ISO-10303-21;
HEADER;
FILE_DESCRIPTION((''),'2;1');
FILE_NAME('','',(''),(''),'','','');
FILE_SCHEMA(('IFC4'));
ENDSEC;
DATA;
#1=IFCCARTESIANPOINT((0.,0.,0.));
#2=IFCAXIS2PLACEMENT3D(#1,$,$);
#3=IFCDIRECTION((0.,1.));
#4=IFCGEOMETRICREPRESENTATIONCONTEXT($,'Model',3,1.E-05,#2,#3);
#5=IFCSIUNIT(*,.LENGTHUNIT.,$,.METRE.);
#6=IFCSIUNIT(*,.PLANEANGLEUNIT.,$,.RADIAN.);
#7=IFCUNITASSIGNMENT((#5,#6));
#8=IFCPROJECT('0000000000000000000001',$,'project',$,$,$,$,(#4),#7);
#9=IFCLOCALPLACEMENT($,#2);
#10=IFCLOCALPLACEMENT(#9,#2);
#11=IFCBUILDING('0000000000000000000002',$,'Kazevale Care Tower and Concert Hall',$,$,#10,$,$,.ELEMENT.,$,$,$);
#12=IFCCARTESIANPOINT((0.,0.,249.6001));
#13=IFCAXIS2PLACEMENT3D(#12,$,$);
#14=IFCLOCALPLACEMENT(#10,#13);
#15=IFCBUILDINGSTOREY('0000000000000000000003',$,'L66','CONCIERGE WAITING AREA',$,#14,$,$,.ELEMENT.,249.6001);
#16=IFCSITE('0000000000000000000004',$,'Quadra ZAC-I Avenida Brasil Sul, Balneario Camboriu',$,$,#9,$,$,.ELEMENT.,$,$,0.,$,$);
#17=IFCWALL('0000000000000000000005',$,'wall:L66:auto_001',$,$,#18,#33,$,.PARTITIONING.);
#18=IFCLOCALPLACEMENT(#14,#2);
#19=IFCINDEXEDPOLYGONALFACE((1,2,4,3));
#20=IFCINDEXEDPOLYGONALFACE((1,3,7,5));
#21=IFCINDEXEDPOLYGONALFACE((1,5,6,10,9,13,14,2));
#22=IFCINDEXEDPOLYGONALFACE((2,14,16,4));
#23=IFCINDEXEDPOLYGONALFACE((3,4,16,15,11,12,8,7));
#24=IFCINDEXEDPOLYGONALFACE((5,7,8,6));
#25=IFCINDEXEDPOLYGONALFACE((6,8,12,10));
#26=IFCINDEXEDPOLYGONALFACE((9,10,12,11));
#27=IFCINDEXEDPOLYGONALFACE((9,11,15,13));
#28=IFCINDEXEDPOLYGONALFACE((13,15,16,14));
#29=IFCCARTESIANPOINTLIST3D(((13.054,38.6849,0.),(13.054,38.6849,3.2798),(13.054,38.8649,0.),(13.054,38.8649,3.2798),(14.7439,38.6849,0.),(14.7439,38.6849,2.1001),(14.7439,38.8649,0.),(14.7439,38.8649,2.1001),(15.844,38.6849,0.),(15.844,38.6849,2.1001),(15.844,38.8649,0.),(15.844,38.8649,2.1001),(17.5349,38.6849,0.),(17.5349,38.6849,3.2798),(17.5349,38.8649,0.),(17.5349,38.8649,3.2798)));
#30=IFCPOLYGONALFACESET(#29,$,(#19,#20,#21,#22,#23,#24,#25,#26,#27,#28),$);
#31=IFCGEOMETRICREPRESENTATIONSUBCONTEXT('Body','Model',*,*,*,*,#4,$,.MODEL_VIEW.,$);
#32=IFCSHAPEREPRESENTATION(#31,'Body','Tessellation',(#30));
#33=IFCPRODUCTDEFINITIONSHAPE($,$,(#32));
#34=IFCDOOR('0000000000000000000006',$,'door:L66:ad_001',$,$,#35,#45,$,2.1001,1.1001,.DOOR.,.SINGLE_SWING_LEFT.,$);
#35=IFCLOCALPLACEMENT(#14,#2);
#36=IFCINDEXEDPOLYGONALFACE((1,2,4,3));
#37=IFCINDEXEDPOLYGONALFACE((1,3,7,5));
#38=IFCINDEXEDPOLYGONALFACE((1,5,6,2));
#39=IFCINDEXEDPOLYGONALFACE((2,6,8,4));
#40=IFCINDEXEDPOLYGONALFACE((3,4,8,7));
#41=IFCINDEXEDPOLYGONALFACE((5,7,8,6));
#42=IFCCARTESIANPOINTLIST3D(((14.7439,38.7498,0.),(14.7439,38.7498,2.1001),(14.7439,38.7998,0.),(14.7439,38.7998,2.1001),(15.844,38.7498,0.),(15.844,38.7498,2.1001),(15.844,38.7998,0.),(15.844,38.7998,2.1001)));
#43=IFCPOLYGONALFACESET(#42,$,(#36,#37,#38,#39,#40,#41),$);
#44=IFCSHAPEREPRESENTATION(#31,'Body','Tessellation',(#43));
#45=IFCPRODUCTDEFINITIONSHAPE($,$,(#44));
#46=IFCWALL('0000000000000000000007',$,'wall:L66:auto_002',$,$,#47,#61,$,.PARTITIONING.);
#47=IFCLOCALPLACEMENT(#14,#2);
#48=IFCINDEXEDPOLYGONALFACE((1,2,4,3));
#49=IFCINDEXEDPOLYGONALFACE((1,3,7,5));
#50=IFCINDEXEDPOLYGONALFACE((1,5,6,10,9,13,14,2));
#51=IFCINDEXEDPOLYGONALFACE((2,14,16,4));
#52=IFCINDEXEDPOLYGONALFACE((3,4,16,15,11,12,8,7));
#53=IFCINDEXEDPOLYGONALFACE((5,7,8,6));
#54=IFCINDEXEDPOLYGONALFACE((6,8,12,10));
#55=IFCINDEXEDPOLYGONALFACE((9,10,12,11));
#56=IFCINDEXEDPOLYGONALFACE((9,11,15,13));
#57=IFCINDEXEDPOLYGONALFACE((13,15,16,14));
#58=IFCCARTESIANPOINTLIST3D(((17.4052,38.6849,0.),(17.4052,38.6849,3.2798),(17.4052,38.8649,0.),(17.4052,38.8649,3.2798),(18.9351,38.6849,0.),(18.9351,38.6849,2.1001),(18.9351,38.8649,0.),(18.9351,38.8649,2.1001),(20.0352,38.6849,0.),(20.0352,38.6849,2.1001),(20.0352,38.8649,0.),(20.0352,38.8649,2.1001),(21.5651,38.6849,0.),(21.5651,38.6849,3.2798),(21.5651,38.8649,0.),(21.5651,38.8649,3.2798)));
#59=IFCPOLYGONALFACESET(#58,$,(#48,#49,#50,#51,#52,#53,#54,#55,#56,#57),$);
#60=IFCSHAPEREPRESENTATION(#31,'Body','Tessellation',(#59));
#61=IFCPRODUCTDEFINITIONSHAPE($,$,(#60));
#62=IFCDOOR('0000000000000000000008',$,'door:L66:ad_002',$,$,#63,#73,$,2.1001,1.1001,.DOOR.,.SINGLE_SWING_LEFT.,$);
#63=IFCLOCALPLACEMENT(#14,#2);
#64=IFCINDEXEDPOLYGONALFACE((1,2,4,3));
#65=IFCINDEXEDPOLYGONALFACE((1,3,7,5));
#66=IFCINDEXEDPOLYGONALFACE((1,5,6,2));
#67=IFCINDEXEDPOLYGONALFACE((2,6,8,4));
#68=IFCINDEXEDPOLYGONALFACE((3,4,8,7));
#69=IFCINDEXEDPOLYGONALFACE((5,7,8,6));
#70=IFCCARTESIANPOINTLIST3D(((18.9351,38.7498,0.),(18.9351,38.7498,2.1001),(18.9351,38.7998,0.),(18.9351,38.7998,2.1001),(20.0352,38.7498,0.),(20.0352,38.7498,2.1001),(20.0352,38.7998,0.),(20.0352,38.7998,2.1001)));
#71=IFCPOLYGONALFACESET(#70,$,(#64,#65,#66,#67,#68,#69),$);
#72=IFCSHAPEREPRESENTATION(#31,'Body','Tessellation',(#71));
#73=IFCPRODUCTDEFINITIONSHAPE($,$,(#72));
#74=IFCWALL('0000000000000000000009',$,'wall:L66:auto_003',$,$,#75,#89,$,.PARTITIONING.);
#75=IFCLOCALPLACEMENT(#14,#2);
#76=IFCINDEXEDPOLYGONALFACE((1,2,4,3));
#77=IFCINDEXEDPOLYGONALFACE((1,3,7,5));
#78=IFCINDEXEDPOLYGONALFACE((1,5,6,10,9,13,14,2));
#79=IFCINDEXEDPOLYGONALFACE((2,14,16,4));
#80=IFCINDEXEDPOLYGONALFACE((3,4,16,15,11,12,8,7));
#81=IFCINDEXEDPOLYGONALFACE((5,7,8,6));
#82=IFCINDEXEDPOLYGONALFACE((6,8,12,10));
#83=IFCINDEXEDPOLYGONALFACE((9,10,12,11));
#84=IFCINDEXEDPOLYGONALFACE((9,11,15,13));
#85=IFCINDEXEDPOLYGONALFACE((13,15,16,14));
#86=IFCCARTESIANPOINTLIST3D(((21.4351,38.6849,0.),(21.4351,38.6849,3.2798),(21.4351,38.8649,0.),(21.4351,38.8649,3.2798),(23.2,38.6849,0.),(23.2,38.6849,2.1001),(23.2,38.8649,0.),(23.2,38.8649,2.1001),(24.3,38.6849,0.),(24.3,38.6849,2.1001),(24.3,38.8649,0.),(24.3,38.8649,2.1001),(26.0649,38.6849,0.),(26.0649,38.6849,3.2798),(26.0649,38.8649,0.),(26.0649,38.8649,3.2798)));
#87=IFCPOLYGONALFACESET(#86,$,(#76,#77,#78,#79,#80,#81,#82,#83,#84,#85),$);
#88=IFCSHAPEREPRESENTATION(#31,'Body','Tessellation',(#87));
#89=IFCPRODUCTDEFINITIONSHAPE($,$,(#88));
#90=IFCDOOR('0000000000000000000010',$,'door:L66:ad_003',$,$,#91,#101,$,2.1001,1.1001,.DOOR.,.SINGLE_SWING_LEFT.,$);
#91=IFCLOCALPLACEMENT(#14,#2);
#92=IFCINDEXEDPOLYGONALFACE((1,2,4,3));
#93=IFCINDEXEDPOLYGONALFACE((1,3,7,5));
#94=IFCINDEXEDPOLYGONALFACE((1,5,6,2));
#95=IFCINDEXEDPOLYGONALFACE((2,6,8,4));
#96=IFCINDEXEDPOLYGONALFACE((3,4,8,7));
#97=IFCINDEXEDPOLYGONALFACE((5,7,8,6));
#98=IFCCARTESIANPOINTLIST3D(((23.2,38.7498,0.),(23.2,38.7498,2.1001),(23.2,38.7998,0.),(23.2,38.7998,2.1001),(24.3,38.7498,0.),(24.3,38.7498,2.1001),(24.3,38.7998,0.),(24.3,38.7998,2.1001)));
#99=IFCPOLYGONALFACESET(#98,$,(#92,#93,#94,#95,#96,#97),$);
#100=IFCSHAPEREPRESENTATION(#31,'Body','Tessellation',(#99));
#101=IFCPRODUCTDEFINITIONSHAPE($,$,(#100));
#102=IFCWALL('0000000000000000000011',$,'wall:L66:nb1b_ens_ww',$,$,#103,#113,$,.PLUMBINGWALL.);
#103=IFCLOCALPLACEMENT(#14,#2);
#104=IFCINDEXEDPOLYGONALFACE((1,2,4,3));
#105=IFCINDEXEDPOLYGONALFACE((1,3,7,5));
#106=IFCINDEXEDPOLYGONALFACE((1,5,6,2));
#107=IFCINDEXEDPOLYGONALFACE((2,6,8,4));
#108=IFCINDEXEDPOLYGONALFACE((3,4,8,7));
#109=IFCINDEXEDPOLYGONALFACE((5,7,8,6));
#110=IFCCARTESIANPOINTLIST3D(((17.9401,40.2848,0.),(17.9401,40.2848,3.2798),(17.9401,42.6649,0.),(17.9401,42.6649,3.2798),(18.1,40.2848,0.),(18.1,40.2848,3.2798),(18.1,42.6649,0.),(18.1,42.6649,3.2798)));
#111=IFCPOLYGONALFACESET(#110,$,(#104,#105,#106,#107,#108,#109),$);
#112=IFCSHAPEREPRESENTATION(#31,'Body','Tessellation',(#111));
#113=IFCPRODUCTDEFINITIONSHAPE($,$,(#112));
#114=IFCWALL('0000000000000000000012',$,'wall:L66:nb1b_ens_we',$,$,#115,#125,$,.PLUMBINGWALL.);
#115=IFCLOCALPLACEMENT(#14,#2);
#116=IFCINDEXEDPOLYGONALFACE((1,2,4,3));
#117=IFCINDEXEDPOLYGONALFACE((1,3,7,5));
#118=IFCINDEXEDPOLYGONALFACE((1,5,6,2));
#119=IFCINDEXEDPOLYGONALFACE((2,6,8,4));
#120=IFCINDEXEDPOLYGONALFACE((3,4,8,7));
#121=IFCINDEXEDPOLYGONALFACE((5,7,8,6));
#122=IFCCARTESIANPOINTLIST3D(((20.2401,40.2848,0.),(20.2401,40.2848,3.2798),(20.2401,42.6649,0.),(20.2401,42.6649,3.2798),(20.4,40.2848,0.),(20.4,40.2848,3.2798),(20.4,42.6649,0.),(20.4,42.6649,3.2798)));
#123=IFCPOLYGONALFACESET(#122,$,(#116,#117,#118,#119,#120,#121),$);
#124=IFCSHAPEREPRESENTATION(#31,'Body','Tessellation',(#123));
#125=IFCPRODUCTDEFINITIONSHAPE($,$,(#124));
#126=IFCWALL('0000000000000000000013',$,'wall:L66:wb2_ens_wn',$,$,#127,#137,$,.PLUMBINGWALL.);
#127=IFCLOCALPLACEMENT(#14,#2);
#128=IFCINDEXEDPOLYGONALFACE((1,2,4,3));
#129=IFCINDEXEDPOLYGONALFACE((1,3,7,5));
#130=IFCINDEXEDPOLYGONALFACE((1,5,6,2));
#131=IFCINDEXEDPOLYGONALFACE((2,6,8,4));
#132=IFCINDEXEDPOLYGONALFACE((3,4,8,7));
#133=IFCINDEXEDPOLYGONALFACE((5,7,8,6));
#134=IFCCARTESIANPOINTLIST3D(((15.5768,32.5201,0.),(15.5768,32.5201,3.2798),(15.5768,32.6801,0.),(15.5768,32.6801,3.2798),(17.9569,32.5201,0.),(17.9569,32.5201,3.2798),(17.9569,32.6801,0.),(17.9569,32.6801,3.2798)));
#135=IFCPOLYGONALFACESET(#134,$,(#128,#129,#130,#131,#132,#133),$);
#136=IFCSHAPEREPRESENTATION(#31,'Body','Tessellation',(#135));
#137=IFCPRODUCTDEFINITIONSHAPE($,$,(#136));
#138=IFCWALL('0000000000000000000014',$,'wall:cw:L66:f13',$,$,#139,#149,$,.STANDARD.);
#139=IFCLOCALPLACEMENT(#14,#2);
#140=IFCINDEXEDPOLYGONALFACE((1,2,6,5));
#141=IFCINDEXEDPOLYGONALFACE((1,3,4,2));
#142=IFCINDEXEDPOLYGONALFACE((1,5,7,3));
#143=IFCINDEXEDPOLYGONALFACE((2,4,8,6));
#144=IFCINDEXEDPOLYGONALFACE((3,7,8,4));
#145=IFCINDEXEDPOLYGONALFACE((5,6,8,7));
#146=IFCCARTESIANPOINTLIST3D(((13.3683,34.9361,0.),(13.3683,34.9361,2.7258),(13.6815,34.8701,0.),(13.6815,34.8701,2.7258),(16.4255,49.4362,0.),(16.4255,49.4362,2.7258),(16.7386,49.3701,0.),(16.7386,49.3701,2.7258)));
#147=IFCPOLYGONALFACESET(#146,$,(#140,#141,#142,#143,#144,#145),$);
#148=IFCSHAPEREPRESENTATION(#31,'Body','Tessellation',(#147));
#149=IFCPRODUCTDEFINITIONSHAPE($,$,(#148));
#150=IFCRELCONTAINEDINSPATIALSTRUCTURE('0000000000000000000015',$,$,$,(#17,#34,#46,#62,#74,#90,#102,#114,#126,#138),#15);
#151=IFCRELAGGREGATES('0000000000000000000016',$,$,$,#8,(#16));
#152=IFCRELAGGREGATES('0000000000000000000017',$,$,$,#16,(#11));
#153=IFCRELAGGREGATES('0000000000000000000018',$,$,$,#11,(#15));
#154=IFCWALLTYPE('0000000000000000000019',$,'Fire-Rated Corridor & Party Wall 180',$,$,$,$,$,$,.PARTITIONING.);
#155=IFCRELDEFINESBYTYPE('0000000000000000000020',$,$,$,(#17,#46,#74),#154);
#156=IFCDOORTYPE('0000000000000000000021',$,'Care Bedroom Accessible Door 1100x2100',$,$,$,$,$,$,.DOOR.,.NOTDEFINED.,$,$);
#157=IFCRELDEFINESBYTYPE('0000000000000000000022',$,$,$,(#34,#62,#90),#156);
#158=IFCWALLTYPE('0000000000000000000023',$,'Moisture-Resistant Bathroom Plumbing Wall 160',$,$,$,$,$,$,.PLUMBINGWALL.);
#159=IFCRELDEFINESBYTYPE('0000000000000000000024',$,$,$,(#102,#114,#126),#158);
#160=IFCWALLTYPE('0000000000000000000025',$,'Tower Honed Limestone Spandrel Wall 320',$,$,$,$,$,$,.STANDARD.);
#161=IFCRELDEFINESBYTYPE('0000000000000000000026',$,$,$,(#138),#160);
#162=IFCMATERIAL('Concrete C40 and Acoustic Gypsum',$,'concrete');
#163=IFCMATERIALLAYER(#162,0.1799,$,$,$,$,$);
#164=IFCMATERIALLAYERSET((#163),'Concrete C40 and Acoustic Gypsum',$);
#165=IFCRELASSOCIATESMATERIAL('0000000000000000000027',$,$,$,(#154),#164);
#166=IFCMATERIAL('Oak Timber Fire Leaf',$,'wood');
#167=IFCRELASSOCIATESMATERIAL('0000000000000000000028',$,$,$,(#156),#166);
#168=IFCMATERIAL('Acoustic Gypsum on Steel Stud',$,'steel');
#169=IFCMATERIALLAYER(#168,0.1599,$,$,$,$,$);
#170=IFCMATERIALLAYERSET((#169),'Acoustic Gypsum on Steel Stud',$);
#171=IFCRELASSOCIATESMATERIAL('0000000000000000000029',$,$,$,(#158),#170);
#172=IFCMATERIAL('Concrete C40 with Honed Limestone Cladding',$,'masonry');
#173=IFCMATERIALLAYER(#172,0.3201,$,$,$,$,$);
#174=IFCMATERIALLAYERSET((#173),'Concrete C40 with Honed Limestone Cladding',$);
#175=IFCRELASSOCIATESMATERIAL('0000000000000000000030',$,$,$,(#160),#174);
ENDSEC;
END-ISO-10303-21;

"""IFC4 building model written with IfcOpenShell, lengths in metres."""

from ifc_helpers import new_model, si_unit, direction, frame, frame_2d, origin, place, context, subcontext, project, spatial, rectangle, extrude, material, layer, layer_set, type_object, element, fill, save


model = new_model("IFC4")

# Units and contexts
model_context = context("Model", 3, precision=1e-05, world=origin(), true_north=direction((0.0, 1.0)))
body_context = subcontext(model_context, "Body", "Model", "MODEL_VIEW")
ifc_project = project(units=[si_unit("LENGTHUNIT", "METRE"), si_unit("PLANEANGLEUNIT", "RADIAN")], contexts=[model_context])

# Site, building, storey
site_placement = place(None, origin())
site = spatial("IfcSite", under=ifc_project, at=site_placement, Name="Quadra ZAC-I Avenida Brasil Sul, Balneario Camboriu", CompositionType="ELEMENT", RefElevation=0.0)
building_placement = place(site_placement, origin())
building = spatial("IfcBuilding", under=site, at=building_placement, Name="Kazevale Care Tower and Concert Hall", CompositionType="ELEMENT")
storey_placement = place(building_placement, frame((0.0, 0.0, 249.6001)))
storey = spatial("IfcBuildingStorey", under=building, at=storey_placement, Name="L66", Description="CONCIERGE WAITING AREA", CompositionType="ELEMENT", Elevation=249.6001)

# Walls, openings, doors
ifc_material_1 = material(Name="Concrete C40 and Acoustic Gypsum", Category="concrete")
ifc_layer_1 = layer(ifc_material_1, 0.1799)
ifc_layer_set_1 = layer_set([ifc_layer_1], Name="Concrete C40 and Acoustic Gypsum")
wall_type_1 = type_object("IfcWallType", Name="Fire-Rated Corridor & Party Wall 180", PredefinedType="PARTITIONING", material=ifc_layer_set_1)
ifc_material_2 = material(Name="Oak Timber Fire Leaf", Category="wood")
wall_1_placement = place(storey_placement, frame((13.054, 38.7749, 0.0), z_axis=(0.0, 0.0, 1.0), x_axis=(1.0, 0.0, 0.0)))
wall_1 = element("IfcWall", 1, at=wall_1_placement, inside=storey, type_object=wall_type_1, Name="wall:L66:auto_001", PredefinedType="PARTITIONING", context=body_context, shape_type="SweptSolid", body=[
    extrude(rectangle(XDim=4.481, YDim=0.1799, at=frame_2d((2.2405, 0.0))), origin(), (0.0, 0.0, 1.0), 3.2798),
])
opening_1_placement = place(wall_1_placement, frame((1.6899, 0.0, 0.0)))
opening_1 = element("IfcOpeningElement", 2, at=opening_1_placement, cuts=wall_1, PredefinedType="OPENING", context=body_context, shape_type="SweptSolid", body=[
    extrude(rectangle(XDim=1.1001, YDim=2.1001, at=frame_2d((0.55, 1.05))), frame((0.0, 0.0999, 0.0), z_axis=(0.0, -1.0, 0.0), x_axis=(1.0, 0.0, 0.0)), (0.0, 0.0, 1.0), 0.2),
])
door_type_1 = type_object("IfcDoorType", Name="Care Bedroom Accessible Door 1100x2100", OperationType="NOTDEFINED", PredefinedType="DOOR", material=ifc_material_2)
door_1_placement = place(opening_1_placement, origin())
door_1 = element("IfcDoor", 3, at=door_1_placement, inside=storey, type_object=door_type_1, Name="door:L66:ad_001", OperationType="SINGLE_SWING_LEFT", OverallHeight=2.1001, OverallWidth=1.1001, PredefinedType="DOOR", context=body_context, shape_type="SweptSolid", body=[
    extrude(rectangle(XDim=1.1001, YDim=2.1001, at=frame_2d((0.55, 1.05))), frame((0.0, 0.0249, 0.0), z_axis=(0.0, -1.0, 0.0), x_axis=(1.0, 0.0, 0.0)), (0.0, 0.0, 1.0), 0.05),
])
fill(opening_1, door_1)
wall_2_placement = place(storey_placement, frame((17.405, 38.7749, 0.0), z_axis=(0.0, 0.0, 1.0), x_axis=(1.0, 0.0, 0.0)))
wall_2 = element("IfcWall", 4, at=wall_2_placement, inside=storey, type_object=wall_type_1, Name="wall:L66:auto_002", PredefinedType="PARTITIONING", context=body_context, shape_type="SweptSolid", body=[
    extrude(rectangle(XDim=4.1599, YDim=0.1799, at=frame_2d((2.0801, 0.0))), origin(), (0.0, 0.0, 1.0), 3.2798),
])
opening_2_placement = place(wall_2_placement, frame((1.53, 0.0, 0.0)))
opening_2 = element("IfcOpeningElement", 5, at=opening_2_placement, cuts=wall_2, PredefinedType="OPENING", context=body_context, shape_type="SweptSolid", body=[
    extrude(rectangle(XDim=1.1001, YDim=2.1001, at=frame_2d((0.55, 1.05))), frame((0.0, 0.0999, 0.0), z_axis=(0.0, -1.0, 0.0), x_axis=(1.0, 0.0, 0.0)), (0.0, 0.0, 1.0), 0.2),
])
door_2_placement = place(opening_2_placement, origin())
door_2 = element("IfcDoor", 6, at=door_2_placement, inside=storey, type_object=door_type_1, Name="door:L66:ad_002", OperationType="SINGLE_SWING_LEFT", OverallHeight=2.1001, OverallWidth=1.1001, PredefinedType="DOOR", context=body_context, shape_type="SweptSolid", body=[
    extrude(rectangle(XDim=1.1001, YDim=2.1001, at=frame_2d((0.55, 1.05))), frame((0.0, 0.0249, 0.0), z_axis=(0.0, -1.0, 0.0), x_axis=(1.0, 0.0, 0.0)), (0.0, 0.0, 1.0), 0.05),
])
fill(opening_2, door_2)
wall_3_placement = place(storey_placement, frame((21.4351, 38.7749, 0.0), z_axis=(0.0, 0.0, 1.0), x_axis=(1.0, 0.0, 0.0)))
wall_3 = element("IfcWall", 7, at=wall_3_placement, inside=storey, type_object=wall_type_1, Name="wall:L66:auto_003", PredefinedType="PARTITIONING", context=body_context, shape_type="SweptSolid", body=[
    extrude(rectangle(XDim=4.6299, YDim=0.1799, at=frame_2d((2.3149, 0.0))), origin(), (0.0, 0.0, 1.0), 3.2798),
])
opening_3_placement = place(wall_3_placement, frame((1.7649, 0.0, 0.0)))
opening_3 = element("IfcOpeningElement", 8, at=opening_3_placement, cuts=wall_3, PredefinedType="OPENING", context=body_context, shape_type="SweptSolid", body=[
    extrude(rectangle(XDim=1.1001, YDim=2.1001, at=frame_2d((0.55, 1.05))), frame((0.0, 0.0999, 0.0), z_axis=(0.0, -1.0, 0.0), x_axis=(1.0, 0.0, 0.0)), (0.0, 0.0, 1.0), 0.2),
])
door_3_placement = place(opening_3_placement, origin())
door_3 = element("IfcDoor", 9, at=door_3_placement, inside=storey, type_object=door_type_1, Name="door:L66:ad_003", OperationType="SINGLE_SWING_LEFT", OverallHeight=2.1001, OverallWidth=1.1001, PredefinedType="DOOR", context=body_context, shape_type="SweptSolid", body=[
    extrude(rectangle(XDim=1.1001, YDim=2.1001, at=frame_2d((0.55, 1.05))), frame((0.0, 0.0249, 0.0), z_axis=(0.0, -1.0, 0.0), x_axis=(1.0, 0.0, 0.0)), (0.0, 0.0, 1.0), 0.05),
])
fill(opening_3, door_3)

# Walls
ifc_material_3 = material(Name="Acoustic Gypsum on Steel Stud", Category="steel")
ifc_layer_2 = layer(ifc_material_3, 0.1599)
ifc_layer_set_2 = layer_set([ifc_layer_2], Name="Acoustic Gypsum on Steel Stud")
wall_type_2 = type_object("IfcWallType", Name="Moisture-Resistant Bathroom Plumbing Wall 160", PredefinedType="PLUMBINGWALL", material=ifc_layer_set_2)
for number, where, z_axis, x_axis, name in (
    (10, (18.02, 40.2849, 0.0), (0.0, 0.0, 1.0), (0.0, 1.0, 0.0), "wall:L66:nb1b_ens_ww"),
    (11, (20.3201, 40.2849, 0.0), (0.0, 0.0, 1.0), (0.0, 1.0, 0.0), "wall:L66:nb1b_ens_we"),
    (12, (15.5769, 32.6001, 0.0), (0.0, 0.0, 1.0), (1.0, 0.0, 0.0), "wall:L66:wb2_ens_wn"),
):
    element("IfcWall", number, at=place(storey_placement, frame(where, z_axis=z_axis, x_axis=x_axis)), inside=storey, type_object=wall_type_2, Name=name, PredefinedType="PLUMBINGWALL", context=body_context, shape_type="SweptSolid", body=[
        extrude(rectangle(XDim=2.3801, YDim=0.1599, at=frame_2d((1.1899, 0.0))), origin(), (0.0, 0.0, 1.0), 3.2798),
    ])
ifc_material_4 = material(Name="Concrete C40 with Honed Limestone Cladding", Category="masonry")
ifc_layer_3 = layer(ifc_material_4, 0.3201)
ifc_layer_set_3 = layer_set([ifc_layer_3], Name="Concrete C40 with Honed Limestone Cladding")
wall_type_3 = type_object("IfcWallType", Name="Tower Honed Limestone Spandrel Wall 320", PredefinedType="STANDARD", material=ifc_layer_set_3)
wall_4_placement = place(storey_placement, frame((13.5249, 34.9031, 0.0), z_axis=(0.0, 0.0, 1.0), x_axis=(0.206301, 0.978489, 0.0)))
element("IfcWall", 13, at=wall_4_placement, inside=storey, type_object=wall_type_3, Name="wall:cw:L66:f13", PredefinedType="STANDARD", context=body_context, shape_type="SweptSolid", body=[
    extrude(rectangle(XDim=14.8188, YDim=0.3201, at=frame_2d((7.4094, 0.0))), origin(), (0.0, 0.0, 1.0), 2.7258),
])

save(model, "model.ifc")
